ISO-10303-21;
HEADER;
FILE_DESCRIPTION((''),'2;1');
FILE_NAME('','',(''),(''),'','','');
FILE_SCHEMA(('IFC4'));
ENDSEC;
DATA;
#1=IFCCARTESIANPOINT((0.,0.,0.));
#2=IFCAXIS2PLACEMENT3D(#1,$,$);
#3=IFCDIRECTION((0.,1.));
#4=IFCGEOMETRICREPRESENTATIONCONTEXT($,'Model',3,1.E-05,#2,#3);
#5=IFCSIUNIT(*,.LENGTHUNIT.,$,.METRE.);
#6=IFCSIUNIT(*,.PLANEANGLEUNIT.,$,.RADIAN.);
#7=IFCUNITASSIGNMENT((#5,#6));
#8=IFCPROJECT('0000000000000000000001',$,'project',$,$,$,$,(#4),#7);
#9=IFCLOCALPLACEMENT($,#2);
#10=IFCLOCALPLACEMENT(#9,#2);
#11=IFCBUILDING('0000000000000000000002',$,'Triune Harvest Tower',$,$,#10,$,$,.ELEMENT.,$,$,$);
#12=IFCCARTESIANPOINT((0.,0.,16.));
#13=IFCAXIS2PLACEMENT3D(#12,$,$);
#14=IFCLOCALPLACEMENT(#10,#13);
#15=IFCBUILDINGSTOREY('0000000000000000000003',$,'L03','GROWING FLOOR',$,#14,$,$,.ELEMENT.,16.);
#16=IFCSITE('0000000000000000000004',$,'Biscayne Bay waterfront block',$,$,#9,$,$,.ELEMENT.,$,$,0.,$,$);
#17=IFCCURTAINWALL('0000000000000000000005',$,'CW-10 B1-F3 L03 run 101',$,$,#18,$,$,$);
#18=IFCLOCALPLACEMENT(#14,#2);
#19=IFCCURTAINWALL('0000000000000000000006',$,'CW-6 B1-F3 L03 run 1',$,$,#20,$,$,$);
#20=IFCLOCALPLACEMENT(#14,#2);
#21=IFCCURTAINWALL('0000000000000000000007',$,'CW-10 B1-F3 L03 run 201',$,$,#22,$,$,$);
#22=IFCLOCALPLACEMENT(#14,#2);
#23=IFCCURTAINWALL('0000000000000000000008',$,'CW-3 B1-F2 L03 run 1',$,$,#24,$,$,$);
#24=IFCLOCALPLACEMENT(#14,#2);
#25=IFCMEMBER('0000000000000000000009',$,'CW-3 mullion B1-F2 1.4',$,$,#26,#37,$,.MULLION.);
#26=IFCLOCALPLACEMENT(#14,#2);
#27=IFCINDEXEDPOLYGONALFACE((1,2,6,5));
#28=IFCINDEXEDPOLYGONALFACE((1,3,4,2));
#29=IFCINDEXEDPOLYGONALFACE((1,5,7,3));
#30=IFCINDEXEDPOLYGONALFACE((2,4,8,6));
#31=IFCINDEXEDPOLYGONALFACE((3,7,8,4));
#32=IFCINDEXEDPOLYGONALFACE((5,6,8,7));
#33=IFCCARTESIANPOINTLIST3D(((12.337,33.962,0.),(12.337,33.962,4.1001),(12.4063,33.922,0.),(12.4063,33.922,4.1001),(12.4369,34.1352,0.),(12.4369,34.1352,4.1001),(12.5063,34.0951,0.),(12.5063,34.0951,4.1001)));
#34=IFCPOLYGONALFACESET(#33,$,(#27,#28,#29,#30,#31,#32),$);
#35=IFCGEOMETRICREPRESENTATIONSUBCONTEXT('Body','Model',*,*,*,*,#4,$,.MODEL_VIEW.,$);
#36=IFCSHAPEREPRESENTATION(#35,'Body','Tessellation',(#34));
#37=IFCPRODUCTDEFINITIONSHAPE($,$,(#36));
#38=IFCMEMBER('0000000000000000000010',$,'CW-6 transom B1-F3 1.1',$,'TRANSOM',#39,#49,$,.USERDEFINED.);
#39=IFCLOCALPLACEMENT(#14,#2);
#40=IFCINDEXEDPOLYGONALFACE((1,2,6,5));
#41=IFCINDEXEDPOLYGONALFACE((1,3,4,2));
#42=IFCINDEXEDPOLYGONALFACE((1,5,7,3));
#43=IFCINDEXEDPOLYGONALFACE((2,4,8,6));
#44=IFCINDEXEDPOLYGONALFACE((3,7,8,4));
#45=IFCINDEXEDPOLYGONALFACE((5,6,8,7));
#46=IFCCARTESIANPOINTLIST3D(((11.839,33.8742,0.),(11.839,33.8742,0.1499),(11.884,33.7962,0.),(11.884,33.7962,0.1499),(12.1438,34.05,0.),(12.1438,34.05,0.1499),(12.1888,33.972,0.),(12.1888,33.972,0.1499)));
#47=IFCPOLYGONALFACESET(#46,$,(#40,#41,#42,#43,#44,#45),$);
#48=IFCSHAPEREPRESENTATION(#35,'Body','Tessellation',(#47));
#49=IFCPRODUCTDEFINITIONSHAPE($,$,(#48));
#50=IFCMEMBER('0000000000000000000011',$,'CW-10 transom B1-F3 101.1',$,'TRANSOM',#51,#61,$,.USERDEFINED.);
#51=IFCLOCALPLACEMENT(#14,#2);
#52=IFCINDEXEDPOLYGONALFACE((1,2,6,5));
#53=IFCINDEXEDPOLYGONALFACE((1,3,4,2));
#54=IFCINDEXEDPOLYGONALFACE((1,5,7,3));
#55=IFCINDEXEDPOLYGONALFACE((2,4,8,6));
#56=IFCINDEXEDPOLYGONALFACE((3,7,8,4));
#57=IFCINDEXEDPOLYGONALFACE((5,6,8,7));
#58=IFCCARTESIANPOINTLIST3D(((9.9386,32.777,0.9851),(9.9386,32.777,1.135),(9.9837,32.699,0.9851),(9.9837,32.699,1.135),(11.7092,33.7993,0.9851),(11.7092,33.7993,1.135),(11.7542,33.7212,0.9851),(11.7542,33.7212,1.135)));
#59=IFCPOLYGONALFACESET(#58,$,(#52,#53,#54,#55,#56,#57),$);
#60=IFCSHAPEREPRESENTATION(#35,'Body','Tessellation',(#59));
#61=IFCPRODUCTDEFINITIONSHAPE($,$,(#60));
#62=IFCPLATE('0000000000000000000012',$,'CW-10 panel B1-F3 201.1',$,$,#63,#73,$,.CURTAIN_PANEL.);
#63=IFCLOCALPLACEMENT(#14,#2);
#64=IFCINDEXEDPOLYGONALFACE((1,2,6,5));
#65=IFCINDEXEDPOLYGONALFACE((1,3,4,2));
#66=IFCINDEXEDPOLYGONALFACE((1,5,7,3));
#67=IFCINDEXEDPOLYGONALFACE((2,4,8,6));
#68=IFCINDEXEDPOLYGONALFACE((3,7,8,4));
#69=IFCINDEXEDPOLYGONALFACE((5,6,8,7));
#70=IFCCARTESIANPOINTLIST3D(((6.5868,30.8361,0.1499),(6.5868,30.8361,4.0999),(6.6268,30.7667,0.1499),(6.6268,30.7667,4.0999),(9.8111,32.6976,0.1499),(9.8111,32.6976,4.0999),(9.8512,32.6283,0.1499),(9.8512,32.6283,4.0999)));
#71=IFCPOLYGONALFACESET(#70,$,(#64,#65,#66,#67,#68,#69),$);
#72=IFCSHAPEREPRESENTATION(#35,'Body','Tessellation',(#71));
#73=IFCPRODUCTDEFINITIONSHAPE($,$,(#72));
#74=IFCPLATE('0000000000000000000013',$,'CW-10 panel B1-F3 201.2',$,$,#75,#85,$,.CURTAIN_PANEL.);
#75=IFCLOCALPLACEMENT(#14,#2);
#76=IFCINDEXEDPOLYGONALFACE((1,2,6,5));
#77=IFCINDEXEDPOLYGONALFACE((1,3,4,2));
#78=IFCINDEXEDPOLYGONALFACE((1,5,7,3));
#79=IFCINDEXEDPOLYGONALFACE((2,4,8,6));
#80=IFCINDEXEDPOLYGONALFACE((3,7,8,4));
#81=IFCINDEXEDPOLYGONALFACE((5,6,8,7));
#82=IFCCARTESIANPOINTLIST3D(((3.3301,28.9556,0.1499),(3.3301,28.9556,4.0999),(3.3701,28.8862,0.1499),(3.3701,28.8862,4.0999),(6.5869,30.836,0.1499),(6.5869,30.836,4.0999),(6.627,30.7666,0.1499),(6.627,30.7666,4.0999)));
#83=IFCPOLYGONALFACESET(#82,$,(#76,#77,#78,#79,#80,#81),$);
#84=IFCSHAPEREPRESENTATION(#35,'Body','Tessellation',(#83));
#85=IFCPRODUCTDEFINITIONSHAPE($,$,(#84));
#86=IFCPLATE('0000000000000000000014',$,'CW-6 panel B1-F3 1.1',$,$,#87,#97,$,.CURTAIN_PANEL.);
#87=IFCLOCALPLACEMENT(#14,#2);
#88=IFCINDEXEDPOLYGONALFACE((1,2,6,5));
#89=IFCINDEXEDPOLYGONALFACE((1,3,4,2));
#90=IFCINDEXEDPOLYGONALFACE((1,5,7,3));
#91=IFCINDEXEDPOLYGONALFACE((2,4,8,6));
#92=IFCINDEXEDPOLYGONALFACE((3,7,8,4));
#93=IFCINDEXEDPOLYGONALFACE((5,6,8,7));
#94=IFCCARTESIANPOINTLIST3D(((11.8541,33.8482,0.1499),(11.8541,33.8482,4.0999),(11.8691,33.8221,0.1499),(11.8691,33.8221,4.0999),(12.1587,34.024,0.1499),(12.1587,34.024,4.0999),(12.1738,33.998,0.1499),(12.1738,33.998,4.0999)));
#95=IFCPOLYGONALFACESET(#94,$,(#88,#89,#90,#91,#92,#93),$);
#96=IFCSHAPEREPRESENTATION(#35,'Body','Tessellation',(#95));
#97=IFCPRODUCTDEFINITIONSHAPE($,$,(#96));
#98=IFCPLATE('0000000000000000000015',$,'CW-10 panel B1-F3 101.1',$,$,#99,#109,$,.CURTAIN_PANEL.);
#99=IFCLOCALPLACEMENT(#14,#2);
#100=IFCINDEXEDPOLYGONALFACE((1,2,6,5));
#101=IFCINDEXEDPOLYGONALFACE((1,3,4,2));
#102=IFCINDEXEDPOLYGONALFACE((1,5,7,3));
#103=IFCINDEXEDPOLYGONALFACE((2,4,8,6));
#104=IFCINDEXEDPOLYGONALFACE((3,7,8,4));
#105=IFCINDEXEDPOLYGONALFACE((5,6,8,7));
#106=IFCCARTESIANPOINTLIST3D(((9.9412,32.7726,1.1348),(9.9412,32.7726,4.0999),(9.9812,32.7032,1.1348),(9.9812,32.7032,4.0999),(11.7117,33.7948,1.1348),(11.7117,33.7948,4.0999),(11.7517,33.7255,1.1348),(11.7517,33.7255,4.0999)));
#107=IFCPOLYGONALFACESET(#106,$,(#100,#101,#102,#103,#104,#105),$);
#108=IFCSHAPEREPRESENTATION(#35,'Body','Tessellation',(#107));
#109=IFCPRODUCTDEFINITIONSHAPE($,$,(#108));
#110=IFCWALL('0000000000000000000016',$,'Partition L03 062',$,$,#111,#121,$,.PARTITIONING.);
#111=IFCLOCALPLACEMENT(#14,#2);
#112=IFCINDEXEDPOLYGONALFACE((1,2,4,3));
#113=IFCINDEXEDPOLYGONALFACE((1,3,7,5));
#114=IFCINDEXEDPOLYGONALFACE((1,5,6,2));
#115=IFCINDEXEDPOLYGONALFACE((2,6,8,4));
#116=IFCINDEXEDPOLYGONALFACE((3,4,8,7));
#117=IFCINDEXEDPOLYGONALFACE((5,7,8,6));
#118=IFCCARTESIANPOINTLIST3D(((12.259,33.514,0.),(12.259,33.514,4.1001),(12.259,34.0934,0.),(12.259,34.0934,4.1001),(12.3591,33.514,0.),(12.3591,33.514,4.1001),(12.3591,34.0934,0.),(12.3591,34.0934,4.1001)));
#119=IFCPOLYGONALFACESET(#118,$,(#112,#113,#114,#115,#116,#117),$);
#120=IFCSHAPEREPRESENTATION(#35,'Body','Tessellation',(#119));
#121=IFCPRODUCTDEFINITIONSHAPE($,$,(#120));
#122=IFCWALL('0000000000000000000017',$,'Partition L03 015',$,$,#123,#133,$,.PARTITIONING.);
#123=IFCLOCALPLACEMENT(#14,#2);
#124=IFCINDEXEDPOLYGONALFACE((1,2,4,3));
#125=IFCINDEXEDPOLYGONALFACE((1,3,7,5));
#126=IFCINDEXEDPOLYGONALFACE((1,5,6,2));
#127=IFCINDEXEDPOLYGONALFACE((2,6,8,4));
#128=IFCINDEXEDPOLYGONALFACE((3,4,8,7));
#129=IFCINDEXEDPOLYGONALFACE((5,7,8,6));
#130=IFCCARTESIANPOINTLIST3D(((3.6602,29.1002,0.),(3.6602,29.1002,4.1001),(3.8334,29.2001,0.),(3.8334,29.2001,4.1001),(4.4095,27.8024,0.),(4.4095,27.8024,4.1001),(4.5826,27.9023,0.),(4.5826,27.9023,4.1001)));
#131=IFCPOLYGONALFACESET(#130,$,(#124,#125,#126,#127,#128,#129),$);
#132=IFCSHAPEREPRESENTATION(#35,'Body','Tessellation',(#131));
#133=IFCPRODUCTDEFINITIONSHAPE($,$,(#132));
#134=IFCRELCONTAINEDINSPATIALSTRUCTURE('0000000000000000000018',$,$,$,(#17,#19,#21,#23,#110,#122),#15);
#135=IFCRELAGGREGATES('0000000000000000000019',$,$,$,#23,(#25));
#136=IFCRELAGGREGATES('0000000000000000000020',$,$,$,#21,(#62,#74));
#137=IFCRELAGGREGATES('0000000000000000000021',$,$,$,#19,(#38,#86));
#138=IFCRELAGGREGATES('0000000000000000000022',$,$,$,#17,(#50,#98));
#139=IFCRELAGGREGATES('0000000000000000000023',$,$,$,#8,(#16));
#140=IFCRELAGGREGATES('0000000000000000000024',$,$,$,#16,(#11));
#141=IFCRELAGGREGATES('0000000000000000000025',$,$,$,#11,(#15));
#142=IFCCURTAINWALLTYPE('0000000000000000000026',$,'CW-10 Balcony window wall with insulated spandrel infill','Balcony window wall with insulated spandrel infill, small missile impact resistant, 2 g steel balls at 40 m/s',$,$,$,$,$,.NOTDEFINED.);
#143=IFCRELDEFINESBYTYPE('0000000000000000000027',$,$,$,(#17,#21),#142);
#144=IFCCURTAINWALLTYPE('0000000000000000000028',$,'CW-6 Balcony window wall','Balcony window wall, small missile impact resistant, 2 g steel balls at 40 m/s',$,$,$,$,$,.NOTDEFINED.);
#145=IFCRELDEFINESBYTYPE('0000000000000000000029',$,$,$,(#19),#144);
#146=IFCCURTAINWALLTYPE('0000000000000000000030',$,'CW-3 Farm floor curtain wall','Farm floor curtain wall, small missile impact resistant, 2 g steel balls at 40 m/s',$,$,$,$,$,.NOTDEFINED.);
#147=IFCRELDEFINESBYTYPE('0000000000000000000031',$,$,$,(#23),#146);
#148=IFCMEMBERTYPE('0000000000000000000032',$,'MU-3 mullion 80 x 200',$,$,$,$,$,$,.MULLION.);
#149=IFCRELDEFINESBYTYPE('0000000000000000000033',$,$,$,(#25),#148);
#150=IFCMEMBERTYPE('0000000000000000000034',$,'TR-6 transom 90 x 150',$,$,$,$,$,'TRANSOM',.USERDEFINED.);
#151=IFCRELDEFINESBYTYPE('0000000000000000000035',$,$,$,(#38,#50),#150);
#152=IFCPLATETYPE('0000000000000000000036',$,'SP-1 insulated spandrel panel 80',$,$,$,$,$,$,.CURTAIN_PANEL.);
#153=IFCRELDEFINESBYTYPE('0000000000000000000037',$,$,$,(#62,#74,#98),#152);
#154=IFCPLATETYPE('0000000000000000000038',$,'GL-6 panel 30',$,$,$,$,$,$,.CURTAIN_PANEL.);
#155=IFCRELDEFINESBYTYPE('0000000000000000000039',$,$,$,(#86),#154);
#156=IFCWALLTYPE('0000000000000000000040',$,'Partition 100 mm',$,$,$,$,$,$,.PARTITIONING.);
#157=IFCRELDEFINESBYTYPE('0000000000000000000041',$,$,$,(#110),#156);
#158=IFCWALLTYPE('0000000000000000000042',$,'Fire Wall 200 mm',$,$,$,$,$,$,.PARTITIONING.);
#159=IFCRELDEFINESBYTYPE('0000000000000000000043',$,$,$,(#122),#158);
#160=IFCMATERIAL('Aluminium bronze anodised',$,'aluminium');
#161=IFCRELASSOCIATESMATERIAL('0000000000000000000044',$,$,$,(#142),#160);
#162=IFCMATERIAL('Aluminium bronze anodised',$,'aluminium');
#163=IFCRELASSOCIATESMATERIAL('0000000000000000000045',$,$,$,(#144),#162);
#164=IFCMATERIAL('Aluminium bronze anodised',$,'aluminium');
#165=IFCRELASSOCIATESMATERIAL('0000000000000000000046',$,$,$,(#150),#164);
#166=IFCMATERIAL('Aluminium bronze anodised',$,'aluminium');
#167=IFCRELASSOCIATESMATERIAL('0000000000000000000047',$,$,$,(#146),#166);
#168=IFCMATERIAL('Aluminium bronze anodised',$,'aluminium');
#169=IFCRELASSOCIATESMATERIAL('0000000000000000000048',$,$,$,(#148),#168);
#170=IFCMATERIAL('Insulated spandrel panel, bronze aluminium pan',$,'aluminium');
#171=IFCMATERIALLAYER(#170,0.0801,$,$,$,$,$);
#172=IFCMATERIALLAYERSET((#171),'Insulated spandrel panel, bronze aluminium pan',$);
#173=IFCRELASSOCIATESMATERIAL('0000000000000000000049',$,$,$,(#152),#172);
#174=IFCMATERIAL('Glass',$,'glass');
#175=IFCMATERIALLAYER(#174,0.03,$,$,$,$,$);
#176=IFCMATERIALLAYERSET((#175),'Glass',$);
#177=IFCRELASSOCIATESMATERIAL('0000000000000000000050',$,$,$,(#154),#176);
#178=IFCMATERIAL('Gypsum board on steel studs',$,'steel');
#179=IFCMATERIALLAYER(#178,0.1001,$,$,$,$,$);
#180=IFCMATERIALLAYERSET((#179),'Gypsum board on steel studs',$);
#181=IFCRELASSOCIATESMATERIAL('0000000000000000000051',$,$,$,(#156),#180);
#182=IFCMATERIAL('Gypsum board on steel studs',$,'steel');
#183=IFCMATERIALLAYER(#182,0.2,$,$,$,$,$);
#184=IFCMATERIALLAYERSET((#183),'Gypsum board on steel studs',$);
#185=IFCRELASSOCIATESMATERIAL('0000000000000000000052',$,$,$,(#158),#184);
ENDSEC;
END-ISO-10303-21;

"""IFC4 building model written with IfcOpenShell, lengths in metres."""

from ifc_helpers import new_model, si_unit, direction, frame, frame_2d, origin, origin_2d, place, context, subcontext, project, spatial, rectangle, extrude, source, transform, mapped, material, layer, layer_set, material_profile, profile_set, type_object, element, aggregate, save


model = new_model("IFC4")

# Units and contexts
model_context = context("Model", 3, precision=1e-05, world=origin(), true_north=direction((0.0, 1.0)))
body_context = subcontext(model_context, "Body", "Model", "MODEL_VIEW")
ifc_project = project(units=[si_unit("LENGTHUNIT", "METRE"), si_unit("PLANEANGLEUNIT", "RADIAN")], contexts=[model_context])

# Site, building, storey
site_placement = place(None, origin())
site = spatial("IfcSite", under=ifc_project, at=site_placement, Name="Biscayne Bay waterfront block", CompositionType="ELEMENT", RefElevation=0.0)
building_placement = place(site_placement, origin())
building = spatial("IfcBuilding", under=site, at=building_placement, Name="Triune Harvest Tower", CompositionType="ELEMENT")
storey_placement = place(building_placement, frame((0.0, 0.0, 16.0)))
storey = spatial("IfcBuildingStorey", under=building, at=storey_placement, Name="L03", Description="GROWING FLOOR", CompositionType="ELEMENT", Elevation=16.0)

# Curtain walls
ifc_material_1 = material(Name="Aluminium bronze anodised", Category="aluminium")
curtain_wall_type_1 = type_object("IfcCurtainWallType", Name="CW-10 Balcony window wall with insulated spandrel infill", Description="Balcony window wall with insulated spandrel infill, small missile impact resistant, 2 g steel balls at 40 m/s", PredefinedType="NOTDEFINED", material=ifc_material_1)
curtain_wall_1_placement = place(storey_placement, origin())
curtain_wall_1 = element("IfcCurtainWall", 1, at=curtain_wall_1_placement, inside=storey, type_object=curtain_wall_type_1, Name="CW-10 B1-F3 L03 run 101")
ifc_material_2 = material(Name="Aluminium bronze anodised", Category="aluminium")
curtain_wall_type_2 = type_object("IfcCurtainWallType", Name="CW-6 Balcony window wall", Description="Balcony window wall, small missile impact resistant, 2 g steel balls at 40 m/s", PredefinedType="NOTDEFINED", material=ifc_material_2)
curtain_wall_2_placement = place(storey_placement, origin())
curtain_wall_2 = element("IfcCurtainWall", 2, at=curtain_wall_2_placement, inside=storey, type_object=curtain_wall_type_2, Name="CW-6 B1-F3 L03 run 1")
curtain_wall_3_placement = place(storey_placement, origin())
curtain_wall_3 = element("IfcCurtainWall", 3, at=curtain_wall_3_placement, inside=storey, type_object=curtain_wall_type_1, Name="CW-10 B1-F3 L03 run 201")
ifc_material_3 = material(Name="Aluminium bronze anodised", Category="aluminium")
ifc_material_profile_1 = material_profile(ifc_material_3, rectangle(XDim=0.0901, YDim=0.1499, at=origin_2d()), Name="TR-6 transom 90 x 150")
ifc_profile_set_1 = profile_set([ifc_material_profile_1], Name="Aluminium bronze anodised")
member_type_1 = type_object("IfcMemberType", Name="TR-6 transom 90 x 150", ElementType="TRANSOM", PredefinedType="USERDEFINED", material=ifc_profile_set_1)

# Curtain wall, member
ifc_material_4 = material(Name="Aluminium bronze anodised", Category="aluminium")
curtain_wall_type_3 = type_object("IfcCurtainWallType", Name="CW-3 Farm floor curtain wall", Description="Farm floor curtain wall, small missile impact resistant, 2 g steel balls at 40 m/s", PredefinedType="NOTDEFINED", material=ifc_material_4)
curtain_wall_4_placement = place(storey_placement, origin())
curtain_wall_4 = element("IfcCurtainWall", 4, at=curtain_wall_4_placement, inside=storey, type_object=curtain_wall_type_3, Name="CW-3 B1-F2 L03 run 1")
ifc_material_5 = material(Name="Aluminium bronze anodised", Category="aluminium")
ifc_material_profile_2 = material_profile(ifc_material_5, rectangle(XDim=0.2, YDim=0.0801, at=origin_2d()), Name="MU-3 mullion 80 x 200")
ifc_profile_set_2 = profile_set([ifc_material_profile_2], Name="Aluminium bronze anodised")
member_type_2 = type_object("IfcMemberType", Name="MU-3 mullion 80 x 200", PredefinedType="MULLION", material=ifc_profile_set_2)
shared_shape_1 = source(origin(), body_context, "Body", "SweptSolid", [
    extrude(rectangle(XDim=0.2, YDim=0.0801, at=origin_2d()), origin(), (0.0, 0.0, 1.0), 4.1001),
])
member_1_placement = place(storey_placement, frame((12.4216, 34.0286, 0.0), z_axis=(0.0, 0.0, 1.0), x_axis=(-0.499999, -0.866026, 0.0)))
member_1 = element("IfcMember", 5, at=member_1_placement, type_object=member_type_2, Name="CW-3 mullion B1-F2 1.4", PredefinedType="MULLION", context=body_context, shape_type="MappedRepresentation", body=[
    mapped(shared_shape_1, transform((0.0, 0.0, 0.0), scale=1.0)),
])
aggregate(curtain_wall_4, [member_1])

# Members
shared_shape_2 = source(origin(), body_context, "Body", "SweptSolid", [
    extrude(rectangle(XDim=0.0901, YDim=0.1499, at=origin_2d()), origin(), (0.0, 0.0, 1.0), 0.3518),
])
member_2_placement = place(storey_placement, frame((12.1663, 34.011, 0.075), z_axis=(-0.866186, -0.499722, 0.0), x_axis=(0.499722, -0.866186, 0.0)))
member_2 = element("IfcMember", 6, at=member_2_placement, type_object=member_type_1, Name="CW-6 transom B1-F3 1.1", ObjectType="TRANSOM", PredefinedType="USERDEFINED", context=body_context, shape_type="MappedRepresentation", body=[
    mapped(shared_shape_2, transform((0.0, 0.0, 0.0), scale=1.0)),
])
shared_shape_3 = source(origin(), body_context, "Body", "SweptSolid", [
    extrude(rectangle(XDim=0.0901, YDim=0.1499, at=origin_2d()), origin(), (0.0, 0.0, 1.0), 2.0444),
])
member_3_placement = place(storey_placement, frame((11.7317, 33.7603, 1.0601), z_axis=(-0.866023, -0.500005, 0.0), x_axis=(0.500005, -0.866023, 0.0)))
member_3 = element("IfcMember", 7, at=member_3_placement, type_object=member_type_1, Name="CW-10 transom B1-F3 101.1", ObjectType="TRANSOM", PredefinedType="USERDEFINED", context=body_context, shape_type="MappedRepresentation", body=[
    mapped(shared_shape_3, transform((0.0, 0.0, 0.0), scale=1.0)),
])

# Plates
ifc_material_6 = material(Name="Insulated spandrel panel, bronze aluminium pan", Category="aluminium")
ifc_layer_1 = layer(ifc_material_6, 0.0801)
ifc_layer_set_1 = layer_set([ifc_layer_1], Name="Insulated spandrel panel, bronze aluminium pan")
plate_type_1 = type_object("IfcPlateType", Name="SP-1 insulated spandrel panel 80", PredefinedType="CURTAIN_PANEL", material=ifc_layer_set_1)
shared_shape_4 = source(origin(), body_context, "Body", "SweptSolid", [
    extrude(rectangle(XDim=3.7231, YDim=0.0801, at=origin_2d()), origin(), (0.0, 0.0, 1.0), 3.95),
])
plate_1_placement = place(storey_placement, frame((8.219, 31.7322, 0.1499), z_axis=(0.0, 0.0, 1.0), x_axis=(-0.866023, -0.500004, 0.0)))
plate_1 = element("IfcPlate", 8, at=plate_1_placement, type_object=plate_type_1, Name="CW-10 panel B1-F3 201.1", PredefinedType="CURTAIN_PANEL", context=body_context, shape_type="MappedRepresentation", body=[
    mapped(shared_shape_4, transform((0.0, 0.0, 0.0), scale=1.0)),
])
shared_shape_5 = source(origin(), body_context, "Body", "SweptSolid", [
    extrude(rectangle(XDim=3.7607, YDim=0.0801, at=origin_2d()), origin(), (0.0, 0.0, 1.0), 3.95),
])
plate_2_placement = place(storey_placement, frame((4.9785, 29.8611, 0.1499), z_axis=(0.0, 0.0, 1.0), x_axis=(-0.866023, -0.500004, 0.0)))
plate_2 = element("IfcPlate", 9, at=plate_2_placement, type_object=plate_type_1, Name="CW-10 panel B1-F3 201.2", PredefinedType="CURTAIN_PANEL", context=body_context, shape_type="MappedRepresentation", body=[
    mapped(shared_shape_5, transform((0.0, 0.0, 0.0), scale=1.0)),
])
aggregate(curtain_wall_3, [plate_1, plate_2])
ifc_material_7 = material(Name="Glass", Category="glass")
ifc_layer_2 = layer(ifc_material_7, 0.03)
ifc_layer_set_2 = layer_set([ifc_layer_2], Name="Glass")
plate_type_2 = type_object("IfcPlateType", Name="GL-6 panel 30", PredefinedType="CURTAIN_PANEL", material=ifc_layer_set_2)
shared_shape_6 = source(origin(), body_context, "Body", "SweptSolid", [
    extrude(rectangle(XDim=0.3518, YDim=0.03, at=origin_2d()), origin(), (0.0, 0.0, 1.0), 3.95),
])
plate_3_placement = place(storey_placement, frame((12.0139, 33.9231, 0.1499), z_axis=(0.0, 0.0, 1.0), x_axis=(-0.86604, -0.499975, 0.0)))
plate_3 = element("IfcPlate", 10, at=plate_3_placement, type_object=plate_type_2, Name="CW-6 panel B1-F3 1.1", PredefinedType="CURTAIN_PANEL", context=body_context, shape_type="MappedRepresentation", body=[
    mapped(shared_shape_6, transform((0.0, 0.0, 0.0), scale=1.0)),
])
aggregate(curtain_wall_2, [member_2, plate_3])
shared_shape_7 = source(origin(), body_context, "Body", "SweptSolid", [
    extrude(rectangle(XDim=2.0444, YDim=0.0801, at=origin_2d()), origin(), (0.0, 0.0, 1.0), 2.9651),
])
plate_4_placement = place(storey_placement, frame((10.8464, 33.249, 1.1348), z_axis=(0.0, 0.0, 1.0), x_axis=(-0.866025, -0.500001, 0.0)))
plate_4 = element("IfcPlate", 11, at=plate_4_placement, type_object=plate_type_1, Name="CW-10 panel B1-F3 101.1", PredefinedType="CURTAIN_PANEL", context=body_context, shape_type="MappedRepresentation", body=[
    mapped(shared_shape_7, transform((0.0, 0.0, 0.0), scale=1.0)),
])
aggregate(curtain_wall_1, [member_3, plate_4])

# Walls
ifc_material_8 = material(Name="Gypsum board on steel studs", Category="steel")
ifc_layer_3 = layer(ifc_material_8, 0.1001)
ifc_layer_set_3 = layer_set([ifc_layer_3], Name="Gypsum board on steel studs")
wall_type_1 = type_object("IfcWallType", Name="Partition 100 mm", PredefinedType="PARTITIONING", material=ifc_layer_set_3)
wall_1_placement = place(storey_placement, frame((12.3091, 33.5142, 0.0), z_axis=(0.0, 0.0, 1.0), x_axis=(0.0, 1.0, 0.0)))
element("IfcWall", 12, at=wall_1_placement, inside=storey, type_object=wall_type_1, Name="Partition L03 062", PredefinedType="PARTITIONING", context=body_context, shape_type="SweptSolid", body=[
    extrude(rectangle(XDim=0.5793, YDim=0.1001, at=frame_2d((0.2896, 0.0))), origin(), (0.0, 0.0, 1.0), 4.1001),
])
ifc_material_9 = material(Name="Gypsum board on steel studs", Category="steel")
ifc_layer_4 = layer(ifc_material_9, 0.2)
ifc_layer_set_4 = layer_set([ifc_layer_4], Name="Gypsum board on steel studs")
wall_type_2 = type_object("IfcWallType", Name="Fire Wall 200 mm", PredefinedType="PARTITIONING", material=ifc_layer_set_4)
shared_shape_8 = source(origin(), body_context, "Body", "SweptSolid", [
    extrude(rectangle(XDim=1.4985, YDim=0.2, at=frame_2d((0.7493, 0.0))), origin(), (0.0, 0.0, 1.0), 4.1001),
])
wall_2_placement = place(storey_placement, frame((3.7468, 29.1501, 0.0), z_axis=(0.0, 0.0, 1.0), x_axis=(0.499976, -0.866039, 0.0)))
element("IfcWall", 13, at=wall_2_placement, inside=storey, type_object=wall_type_2, Name="Partition L03 015", PredefinedType="PARTITIONING", context=body_context, shape_type="MappedRepresentation", body=[
    mapped(shared_shape_8, transform((0.0, 0.0, 0.0), scale=1.0)),
])

save(model, "model.ifc")
